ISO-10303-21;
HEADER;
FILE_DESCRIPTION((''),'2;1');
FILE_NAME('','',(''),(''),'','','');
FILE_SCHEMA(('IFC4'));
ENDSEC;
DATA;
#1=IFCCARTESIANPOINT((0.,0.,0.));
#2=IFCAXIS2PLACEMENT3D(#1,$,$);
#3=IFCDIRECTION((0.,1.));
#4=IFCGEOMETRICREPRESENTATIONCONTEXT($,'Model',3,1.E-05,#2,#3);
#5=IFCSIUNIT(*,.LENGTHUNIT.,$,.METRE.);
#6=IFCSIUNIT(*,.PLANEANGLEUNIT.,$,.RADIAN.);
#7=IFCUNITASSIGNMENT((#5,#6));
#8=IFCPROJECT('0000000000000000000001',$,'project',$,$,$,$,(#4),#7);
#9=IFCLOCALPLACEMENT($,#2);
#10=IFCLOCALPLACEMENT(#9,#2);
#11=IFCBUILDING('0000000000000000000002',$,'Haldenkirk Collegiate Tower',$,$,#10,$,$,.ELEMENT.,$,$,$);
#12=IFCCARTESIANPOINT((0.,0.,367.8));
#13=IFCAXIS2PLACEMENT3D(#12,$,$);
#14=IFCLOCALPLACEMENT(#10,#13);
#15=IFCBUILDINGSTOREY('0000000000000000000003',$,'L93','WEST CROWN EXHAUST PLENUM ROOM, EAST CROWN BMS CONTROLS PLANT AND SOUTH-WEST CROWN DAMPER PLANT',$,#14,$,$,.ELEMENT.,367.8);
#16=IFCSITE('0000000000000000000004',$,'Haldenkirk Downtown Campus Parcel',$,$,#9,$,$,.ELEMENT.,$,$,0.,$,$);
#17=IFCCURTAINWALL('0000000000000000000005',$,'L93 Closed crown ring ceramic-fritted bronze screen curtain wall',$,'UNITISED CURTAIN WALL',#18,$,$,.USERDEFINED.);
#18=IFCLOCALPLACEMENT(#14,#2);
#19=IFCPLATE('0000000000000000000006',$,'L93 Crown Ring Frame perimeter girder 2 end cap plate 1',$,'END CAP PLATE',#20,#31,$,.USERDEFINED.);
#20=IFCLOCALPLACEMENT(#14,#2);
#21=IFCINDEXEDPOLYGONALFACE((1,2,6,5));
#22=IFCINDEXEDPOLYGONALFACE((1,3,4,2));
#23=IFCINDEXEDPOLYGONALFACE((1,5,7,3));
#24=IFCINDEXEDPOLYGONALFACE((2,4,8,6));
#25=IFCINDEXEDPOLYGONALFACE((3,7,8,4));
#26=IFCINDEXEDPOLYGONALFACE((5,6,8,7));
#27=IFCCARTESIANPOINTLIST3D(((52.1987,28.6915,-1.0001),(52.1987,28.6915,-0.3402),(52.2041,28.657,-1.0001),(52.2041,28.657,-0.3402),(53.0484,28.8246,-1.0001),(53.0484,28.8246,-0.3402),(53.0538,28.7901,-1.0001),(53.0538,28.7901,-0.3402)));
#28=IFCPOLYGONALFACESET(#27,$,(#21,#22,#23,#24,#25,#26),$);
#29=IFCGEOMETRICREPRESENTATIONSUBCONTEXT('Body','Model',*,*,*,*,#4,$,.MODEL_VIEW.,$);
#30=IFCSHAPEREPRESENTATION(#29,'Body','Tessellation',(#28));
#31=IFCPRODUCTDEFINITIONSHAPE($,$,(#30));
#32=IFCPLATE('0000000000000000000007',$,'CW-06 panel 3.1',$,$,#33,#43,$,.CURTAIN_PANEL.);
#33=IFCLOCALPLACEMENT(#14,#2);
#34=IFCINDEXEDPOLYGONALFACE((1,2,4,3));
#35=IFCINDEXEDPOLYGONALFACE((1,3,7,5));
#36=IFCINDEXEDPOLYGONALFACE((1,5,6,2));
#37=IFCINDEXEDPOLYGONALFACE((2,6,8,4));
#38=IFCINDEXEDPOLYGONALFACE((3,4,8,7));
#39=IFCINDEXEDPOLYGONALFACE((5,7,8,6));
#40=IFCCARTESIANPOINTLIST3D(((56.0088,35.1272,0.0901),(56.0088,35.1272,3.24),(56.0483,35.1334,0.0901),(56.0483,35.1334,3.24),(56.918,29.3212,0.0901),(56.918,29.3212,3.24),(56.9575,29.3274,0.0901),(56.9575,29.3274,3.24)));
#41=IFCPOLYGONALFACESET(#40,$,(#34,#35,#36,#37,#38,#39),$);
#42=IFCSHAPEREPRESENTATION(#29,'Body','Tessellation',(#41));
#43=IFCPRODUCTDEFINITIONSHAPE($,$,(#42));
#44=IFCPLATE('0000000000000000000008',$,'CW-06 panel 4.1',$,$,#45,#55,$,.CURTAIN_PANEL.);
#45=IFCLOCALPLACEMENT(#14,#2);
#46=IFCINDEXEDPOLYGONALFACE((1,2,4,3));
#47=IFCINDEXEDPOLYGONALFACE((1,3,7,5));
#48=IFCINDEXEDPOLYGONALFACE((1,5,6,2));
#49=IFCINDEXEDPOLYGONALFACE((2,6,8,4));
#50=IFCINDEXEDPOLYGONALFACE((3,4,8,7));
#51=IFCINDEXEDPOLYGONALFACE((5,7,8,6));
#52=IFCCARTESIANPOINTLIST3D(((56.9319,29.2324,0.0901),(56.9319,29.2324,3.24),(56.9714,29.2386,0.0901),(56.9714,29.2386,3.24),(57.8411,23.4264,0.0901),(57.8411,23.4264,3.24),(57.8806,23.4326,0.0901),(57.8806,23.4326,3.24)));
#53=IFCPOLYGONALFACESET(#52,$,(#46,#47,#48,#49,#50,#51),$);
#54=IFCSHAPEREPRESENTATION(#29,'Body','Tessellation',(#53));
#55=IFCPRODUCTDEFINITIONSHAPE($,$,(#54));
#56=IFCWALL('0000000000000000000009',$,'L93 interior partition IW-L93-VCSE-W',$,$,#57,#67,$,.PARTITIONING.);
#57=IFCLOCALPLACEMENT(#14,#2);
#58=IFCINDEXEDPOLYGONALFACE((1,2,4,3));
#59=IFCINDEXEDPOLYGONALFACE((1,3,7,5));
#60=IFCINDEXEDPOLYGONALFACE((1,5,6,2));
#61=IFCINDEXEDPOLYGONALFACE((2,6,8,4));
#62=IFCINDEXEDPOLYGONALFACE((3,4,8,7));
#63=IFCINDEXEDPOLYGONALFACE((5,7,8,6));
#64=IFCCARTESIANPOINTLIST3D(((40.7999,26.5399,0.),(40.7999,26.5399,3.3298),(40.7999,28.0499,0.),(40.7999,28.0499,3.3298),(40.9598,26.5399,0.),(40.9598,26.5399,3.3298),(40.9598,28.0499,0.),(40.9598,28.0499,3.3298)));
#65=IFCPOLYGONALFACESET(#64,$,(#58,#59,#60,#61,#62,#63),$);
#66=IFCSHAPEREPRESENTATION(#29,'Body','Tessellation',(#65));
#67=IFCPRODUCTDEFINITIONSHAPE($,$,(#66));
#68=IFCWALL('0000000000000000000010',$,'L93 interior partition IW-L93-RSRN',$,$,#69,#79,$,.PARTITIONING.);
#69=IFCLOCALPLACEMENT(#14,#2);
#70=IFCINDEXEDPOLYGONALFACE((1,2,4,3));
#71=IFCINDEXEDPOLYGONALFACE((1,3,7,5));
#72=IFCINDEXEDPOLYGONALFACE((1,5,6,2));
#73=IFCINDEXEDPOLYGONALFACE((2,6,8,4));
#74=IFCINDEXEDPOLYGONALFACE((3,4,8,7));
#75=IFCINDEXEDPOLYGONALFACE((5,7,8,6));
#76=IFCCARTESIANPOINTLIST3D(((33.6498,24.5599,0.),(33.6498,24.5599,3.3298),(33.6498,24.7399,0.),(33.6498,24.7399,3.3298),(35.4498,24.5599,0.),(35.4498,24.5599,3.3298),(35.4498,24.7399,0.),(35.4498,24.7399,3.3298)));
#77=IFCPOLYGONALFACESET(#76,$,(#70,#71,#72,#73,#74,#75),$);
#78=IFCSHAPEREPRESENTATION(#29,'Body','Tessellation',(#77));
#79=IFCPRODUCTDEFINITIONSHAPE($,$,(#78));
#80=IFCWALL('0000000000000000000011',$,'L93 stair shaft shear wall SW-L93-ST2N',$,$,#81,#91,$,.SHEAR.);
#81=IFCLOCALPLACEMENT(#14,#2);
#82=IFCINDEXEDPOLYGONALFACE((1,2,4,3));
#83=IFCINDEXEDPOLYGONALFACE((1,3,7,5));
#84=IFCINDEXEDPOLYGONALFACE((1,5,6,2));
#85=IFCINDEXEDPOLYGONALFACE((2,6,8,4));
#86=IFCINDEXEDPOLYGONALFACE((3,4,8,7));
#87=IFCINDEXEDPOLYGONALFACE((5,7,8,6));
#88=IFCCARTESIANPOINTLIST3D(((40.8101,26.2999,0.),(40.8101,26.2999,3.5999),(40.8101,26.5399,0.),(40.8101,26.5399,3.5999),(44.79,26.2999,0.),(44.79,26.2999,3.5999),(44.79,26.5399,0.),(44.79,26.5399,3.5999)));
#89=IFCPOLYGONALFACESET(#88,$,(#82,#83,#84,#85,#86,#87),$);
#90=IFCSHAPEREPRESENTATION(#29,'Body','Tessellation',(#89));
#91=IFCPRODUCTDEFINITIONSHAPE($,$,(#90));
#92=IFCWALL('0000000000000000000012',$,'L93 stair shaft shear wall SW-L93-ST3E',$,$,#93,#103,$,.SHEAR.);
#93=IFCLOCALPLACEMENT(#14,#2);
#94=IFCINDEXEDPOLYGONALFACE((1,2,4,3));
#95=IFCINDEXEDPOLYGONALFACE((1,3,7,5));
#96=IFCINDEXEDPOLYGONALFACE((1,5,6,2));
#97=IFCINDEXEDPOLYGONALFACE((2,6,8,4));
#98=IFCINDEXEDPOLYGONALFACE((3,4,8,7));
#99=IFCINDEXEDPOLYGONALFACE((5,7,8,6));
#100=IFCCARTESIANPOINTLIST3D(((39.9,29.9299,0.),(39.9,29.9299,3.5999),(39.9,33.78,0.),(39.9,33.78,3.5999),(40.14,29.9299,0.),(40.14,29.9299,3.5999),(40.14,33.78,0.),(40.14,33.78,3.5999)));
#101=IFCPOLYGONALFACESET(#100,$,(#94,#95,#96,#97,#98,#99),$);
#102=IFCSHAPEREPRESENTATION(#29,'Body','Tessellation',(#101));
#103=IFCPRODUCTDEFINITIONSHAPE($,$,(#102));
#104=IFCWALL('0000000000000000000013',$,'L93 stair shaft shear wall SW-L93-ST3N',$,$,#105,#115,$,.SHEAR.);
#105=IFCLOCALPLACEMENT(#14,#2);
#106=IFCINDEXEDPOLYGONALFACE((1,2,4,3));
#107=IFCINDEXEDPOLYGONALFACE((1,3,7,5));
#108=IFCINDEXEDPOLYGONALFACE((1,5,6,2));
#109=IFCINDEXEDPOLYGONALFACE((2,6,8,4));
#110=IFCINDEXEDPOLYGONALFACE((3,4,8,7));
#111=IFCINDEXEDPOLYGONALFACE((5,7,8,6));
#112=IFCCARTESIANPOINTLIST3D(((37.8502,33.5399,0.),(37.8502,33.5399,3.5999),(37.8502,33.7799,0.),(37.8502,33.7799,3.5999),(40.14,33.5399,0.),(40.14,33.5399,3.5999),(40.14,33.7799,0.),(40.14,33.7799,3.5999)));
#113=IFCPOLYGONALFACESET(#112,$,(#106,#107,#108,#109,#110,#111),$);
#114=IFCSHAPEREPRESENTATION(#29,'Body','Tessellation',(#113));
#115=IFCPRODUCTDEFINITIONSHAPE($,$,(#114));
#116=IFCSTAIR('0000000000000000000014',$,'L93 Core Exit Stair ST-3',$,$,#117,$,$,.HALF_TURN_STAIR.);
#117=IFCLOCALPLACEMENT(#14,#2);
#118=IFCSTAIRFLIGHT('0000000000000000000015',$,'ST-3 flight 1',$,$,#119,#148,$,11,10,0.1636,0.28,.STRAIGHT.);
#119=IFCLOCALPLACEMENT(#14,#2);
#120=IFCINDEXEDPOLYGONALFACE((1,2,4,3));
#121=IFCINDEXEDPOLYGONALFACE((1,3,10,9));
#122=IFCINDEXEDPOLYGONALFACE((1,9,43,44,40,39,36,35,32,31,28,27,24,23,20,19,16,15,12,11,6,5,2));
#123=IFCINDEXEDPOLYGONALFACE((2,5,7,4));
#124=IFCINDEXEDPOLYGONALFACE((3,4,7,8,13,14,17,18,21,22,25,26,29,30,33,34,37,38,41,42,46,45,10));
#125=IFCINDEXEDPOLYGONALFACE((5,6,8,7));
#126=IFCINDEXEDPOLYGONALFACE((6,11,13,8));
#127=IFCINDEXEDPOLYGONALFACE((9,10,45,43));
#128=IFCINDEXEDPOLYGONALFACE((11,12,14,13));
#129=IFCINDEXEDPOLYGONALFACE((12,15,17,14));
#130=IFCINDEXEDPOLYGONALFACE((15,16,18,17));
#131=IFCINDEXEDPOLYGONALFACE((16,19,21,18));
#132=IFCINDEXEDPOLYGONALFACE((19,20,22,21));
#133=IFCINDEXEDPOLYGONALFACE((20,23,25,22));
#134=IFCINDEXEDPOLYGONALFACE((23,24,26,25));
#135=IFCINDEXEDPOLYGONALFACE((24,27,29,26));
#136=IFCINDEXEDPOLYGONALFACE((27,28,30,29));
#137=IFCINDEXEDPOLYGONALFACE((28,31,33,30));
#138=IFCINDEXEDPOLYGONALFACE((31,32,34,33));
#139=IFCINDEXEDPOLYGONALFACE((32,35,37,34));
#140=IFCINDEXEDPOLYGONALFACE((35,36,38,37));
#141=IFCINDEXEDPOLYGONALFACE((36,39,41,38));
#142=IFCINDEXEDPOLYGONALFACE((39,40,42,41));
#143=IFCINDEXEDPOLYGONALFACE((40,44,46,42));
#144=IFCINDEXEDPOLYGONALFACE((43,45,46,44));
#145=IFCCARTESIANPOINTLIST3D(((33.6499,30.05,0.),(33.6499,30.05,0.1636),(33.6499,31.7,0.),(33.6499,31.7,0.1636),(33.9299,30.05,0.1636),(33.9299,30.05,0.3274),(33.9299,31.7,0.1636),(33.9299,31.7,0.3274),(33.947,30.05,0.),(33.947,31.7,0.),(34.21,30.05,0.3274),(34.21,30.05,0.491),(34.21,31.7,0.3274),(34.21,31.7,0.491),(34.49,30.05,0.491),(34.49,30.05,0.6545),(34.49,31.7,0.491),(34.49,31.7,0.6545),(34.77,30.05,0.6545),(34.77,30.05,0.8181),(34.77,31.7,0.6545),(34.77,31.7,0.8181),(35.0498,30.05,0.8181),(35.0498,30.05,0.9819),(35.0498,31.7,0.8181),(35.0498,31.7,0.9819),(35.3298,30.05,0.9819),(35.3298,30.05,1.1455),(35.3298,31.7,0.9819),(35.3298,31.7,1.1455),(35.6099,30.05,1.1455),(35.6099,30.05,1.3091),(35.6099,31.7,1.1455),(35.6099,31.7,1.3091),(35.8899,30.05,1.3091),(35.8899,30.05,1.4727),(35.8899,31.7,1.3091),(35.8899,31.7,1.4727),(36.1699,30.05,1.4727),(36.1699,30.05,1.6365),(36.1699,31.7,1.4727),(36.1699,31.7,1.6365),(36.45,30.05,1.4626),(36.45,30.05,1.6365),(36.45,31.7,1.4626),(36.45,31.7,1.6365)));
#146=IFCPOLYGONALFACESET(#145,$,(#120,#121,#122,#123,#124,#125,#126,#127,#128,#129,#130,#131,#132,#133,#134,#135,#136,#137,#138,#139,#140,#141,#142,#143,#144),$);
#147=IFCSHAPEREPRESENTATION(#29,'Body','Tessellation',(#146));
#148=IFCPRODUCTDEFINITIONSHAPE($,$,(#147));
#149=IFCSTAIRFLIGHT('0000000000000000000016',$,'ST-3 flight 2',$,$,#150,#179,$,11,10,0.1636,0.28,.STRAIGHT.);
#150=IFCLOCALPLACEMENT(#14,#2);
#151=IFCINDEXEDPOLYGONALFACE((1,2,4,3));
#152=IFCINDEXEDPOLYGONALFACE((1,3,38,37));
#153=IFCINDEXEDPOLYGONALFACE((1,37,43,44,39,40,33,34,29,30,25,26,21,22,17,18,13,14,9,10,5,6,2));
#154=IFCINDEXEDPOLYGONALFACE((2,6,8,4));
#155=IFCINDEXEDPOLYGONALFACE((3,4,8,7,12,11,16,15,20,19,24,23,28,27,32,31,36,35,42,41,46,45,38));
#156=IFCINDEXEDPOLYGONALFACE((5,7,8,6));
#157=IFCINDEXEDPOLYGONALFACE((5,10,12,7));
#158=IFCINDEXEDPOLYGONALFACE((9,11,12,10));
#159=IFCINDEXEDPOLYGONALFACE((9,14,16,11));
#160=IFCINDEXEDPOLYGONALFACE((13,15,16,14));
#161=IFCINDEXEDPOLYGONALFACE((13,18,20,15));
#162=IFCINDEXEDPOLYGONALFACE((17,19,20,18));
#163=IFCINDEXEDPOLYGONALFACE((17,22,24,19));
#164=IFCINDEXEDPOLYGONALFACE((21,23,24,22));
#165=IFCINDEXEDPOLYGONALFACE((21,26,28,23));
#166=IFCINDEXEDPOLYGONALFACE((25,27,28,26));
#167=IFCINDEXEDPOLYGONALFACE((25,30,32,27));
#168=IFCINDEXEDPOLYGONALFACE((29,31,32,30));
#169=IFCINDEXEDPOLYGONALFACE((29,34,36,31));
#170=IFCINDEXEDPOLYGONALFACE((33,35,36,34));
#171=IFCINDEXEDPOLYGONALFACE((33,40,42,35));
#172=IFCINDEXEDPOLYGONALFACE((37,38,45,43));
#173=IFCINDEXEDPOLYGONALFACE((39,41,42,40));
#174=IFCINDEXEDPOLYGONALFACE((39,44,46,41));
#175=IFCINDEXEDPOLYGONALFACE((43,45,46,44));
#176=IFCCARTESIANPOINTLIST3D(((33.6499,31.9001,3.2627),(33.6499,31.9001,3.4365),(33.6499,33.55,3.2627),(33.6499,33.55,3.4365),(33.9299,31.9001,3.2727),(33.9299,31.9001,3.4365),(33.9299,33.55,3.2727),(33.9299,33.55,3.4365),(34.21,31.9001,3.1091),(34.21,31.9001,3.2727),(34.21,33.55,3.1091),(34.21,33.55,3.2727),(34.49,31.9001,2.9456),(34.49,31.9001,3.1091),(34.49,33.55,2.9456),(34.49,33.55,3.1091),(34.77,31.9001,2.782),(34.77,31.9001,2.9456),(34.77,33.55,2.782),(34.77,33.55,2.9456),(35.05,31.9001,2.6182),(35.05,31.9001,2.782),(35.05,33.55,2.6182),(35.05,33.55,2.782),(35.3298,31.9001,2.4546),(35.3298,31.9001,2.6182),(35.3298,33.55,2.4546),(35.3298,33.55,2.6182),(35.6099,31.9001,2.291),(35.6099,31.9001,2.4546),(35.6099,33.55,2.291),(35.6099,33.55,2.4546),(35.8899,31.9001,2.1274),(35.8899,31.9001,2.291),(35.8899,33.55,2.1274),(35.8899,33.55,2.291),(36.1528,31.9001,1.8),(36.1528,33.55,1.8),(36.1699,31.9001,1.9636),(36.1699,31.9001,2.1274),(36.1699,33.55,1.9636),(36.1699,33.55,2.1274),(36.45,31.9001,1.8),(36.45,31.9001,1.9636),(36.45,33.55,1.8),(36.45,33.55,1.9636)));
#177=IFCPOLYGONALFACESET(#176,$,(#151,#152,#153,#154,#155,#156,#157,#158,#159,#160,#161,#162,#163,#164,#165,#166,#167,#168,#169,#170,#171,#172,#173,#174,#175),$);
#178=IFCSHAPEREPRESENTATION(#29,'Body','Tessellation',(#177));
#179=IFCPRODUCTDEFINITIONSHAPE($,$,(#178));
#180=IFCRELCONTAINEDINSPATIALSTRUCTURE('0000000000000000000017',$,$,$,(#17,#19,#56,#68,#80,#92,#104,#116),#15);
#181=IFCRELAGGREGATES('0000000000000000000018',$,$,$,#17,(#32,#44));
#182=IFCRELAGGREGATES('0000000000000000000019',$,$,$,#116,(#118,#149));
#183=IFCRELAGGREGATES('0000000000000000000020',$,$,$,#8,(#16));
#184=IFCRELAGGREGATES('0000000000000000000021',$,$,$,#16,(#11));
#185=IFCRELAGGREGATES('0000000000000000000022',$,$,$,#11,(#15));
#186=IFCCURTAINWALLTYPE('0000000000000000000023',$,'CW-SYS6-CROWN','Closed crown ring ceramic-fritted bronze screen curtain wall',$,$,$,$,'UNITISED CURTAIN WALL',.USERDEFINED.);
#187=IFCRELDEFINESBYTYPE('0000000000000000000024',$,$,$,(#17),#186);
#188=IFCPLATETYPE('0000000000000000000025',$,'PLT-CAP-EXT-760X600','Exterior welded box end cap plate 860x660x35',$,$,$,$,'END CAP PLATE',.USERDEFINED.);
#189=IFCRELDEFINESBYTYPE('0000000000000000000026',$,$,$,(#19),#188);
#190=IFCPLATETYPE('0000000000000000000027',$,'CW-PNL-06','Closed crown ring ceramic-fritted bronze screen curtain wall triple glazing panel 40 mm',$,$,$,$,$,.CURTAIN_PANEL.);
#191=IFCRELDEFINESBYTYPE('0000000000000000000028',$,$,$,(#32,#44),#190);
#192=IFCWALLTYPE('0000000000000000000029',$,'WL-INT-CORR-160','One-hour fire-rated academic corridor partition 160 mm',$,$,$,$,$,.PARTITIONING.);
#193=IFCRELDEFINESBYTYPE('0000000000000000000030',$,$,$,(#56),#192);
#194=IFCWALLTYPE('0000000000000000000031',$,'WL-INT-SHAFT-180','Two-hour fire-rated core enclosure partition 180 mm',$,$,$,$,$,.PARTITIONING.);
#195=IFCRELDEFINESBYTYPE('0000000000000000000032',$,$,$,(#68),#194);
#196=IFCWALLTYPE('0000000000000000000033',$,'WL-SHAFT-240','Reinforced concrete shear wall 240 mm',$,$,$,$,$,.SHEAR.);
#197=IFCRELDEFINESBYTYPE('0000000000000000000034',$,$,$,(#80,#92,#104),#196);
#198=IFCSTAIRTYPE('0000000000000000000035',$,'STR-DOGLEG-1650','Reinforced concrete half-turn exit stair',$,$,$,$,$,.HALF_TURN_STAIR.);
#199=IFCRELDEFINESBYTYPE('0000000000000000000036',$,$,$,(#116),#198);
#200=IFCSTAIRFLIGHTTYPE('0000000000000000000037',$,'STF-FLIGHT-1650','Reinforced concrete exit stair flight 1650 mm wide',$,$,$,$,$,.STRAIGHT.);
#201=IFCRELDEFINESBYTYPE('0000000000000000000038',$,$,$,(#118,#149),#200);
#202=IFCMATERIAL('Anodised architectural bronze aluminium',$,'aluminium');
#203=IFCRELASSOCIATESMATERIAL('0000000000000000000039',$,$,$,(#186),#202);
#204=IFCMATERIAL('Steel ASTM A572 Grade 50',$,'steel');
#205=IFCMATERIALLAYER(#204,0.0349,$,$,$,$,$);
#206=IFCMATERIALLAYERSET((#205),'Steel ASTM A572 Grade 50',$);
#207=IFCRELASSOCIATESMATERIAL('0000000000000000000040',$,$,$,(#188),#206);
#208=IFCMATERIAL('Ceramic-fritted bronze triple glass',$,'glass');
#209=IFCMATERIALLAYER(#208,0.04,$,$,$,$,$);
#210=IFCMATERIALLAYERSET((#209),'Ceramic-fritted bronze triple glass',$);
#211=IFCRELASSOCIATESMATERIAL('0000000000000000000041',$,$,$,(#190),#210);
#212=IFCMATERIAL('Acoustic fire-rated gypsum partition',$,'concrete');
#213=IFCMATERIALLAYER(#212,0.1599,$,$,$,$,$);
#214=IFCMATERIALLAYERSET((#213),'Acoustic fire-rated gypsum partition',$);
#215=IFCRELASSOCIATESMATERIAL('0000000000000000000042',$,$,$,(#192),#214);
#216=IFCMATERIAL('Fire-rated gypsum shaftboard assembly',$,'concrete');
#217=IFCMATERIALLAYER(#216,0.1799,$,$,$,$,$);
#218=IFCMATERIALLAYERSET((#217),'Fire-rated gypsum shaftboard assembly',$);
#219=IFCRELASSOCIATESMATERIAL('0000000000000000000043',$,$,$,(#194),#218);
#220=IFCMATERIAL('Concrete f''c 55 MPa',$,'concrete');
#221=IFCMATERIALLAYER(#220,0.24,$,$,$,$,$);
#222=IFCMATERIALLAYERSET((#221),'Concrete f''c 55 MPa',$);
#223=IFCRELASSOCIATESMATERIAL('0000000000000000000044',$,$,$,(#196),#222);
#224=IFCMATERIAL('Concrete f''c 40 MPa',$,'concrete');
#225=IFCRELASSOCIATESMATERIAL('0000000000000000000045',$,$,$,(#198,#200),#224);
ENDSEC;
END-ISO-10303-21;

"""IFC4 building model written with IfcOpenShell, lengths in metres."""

from ifc_helpers import new_model, si_unit, direction, frame, frame_2d, origin, origin_2d, place, context, subcontext, project, spatial, polyline, rectangle, outline, extrude, source, transform, mapped, material, layer, layer_set, type_object, element, aggregate, save


model = new_model("IFC4")

# Units and contexts
model_context = context("Model", 3, precision=1e-05, world=origin(), true_north=direction((0.0, 1.0)))
body_context = subcontext(model_context, "Body", "Model", "MODEL_VIEW")
ifc_project = project(units=[si_unit("LENGTHUNIT", "METRE"), si_unit("PLANEANGLEUNIT", "RADIAN")], contexts=[model_context])

# Site, building, storey
site_placement = place(None, origin())
site = spatial("IfcSite", under=ifc_project, at=site_placement, Name="Haldenkirk Downtown Campus Parcel", CompositionType="ELEMENT", RefElevation=0.0)
building_placement = place(site_placement, origin())
building = spatial("IfcBuilding", under=site, at=building_placement, Name="Haldenkirk Collegiate Tower", CompositionType="ELEMENT")
storey_placement = place(building_placement, frame((0.0, 0.0, 367.8)))
storey = spatial("IfcBuildingStorey", under=building, at=storey_placement, Name="L93", Description="WEST CROWN EXHAUST PLENUM ROOM, EAST CROWN BMS CONTROLS PLANT AND SOUTH-WEST CROWN DAMPER PLANT", CompositionType="ELEMENT", Elevation=367.8)

# Shared definitions
ifc_material_1 = material(Name="Steel ASTM A572 Grade 50", Category="steel")

# Curtain wall
ifc_material_2 = material(Name="Anodised architectural bronze aluminium", Category="aluminium")
curtain_wall_type = type_object("IfcCurtainWallType", Name="CW-SYS6-CROWN", Description="Closed crown ring ceramic-fritted bronze screen curtain wall", ElementType="UNITISED CURTAIN WALL", PredefinedType="USERDEFINED", material=ifc_material_2)
curtain_wall_placement = place(storey_placement, origin())
curtain_wall = element("IfcCurtainWall", 1, at=curtain_wall_placement, inside=storey, type_object=curtain_wall_type, Name="L93 Closed crown ring ceramic-fritted bronze screen curtain wall", ObjectType="UNITISED CURTAIN WALL", PredefinedType="USERDEFINED")

# Plate
ifc_layer_1 = layer(ifc_material_1, 0.0349)
ifc_layer_set_1 = layer_set([ifc_layer_1], Name="Steel ASTM A572 Grade 50")
plate_type_1 = type_object("IfcPlateType", Name="PLT-CAP-EXT-760X600", Description="Exterior welded box end cap plate 860x660x35", ElementType="END CAP PLATE", PredefinedType="USERDEFINED", material=ifc_layer_set_1)
shared_shape_1 = source(origin(), body_context, "Body", "SweptSolid", [
    extrude(rectangle(XDim=0.8601, YDim=0.6599, at=origin_2d()), origin(), (0.0, 0.0, 1.0), 0.0349),
])
for number, where, z_axis, x_axis, name in (
    (2, (52.6235, 28.7581, -0.6702), (0.154711, -0.98796, 0.0), (0.98796, 0.154711, 0.0), "L93 Crown Ring Frame perimeter girder 2 end cap plate 1"),
):
    element("IfcPlate", number, at=place(storey_placement, frame(where, z_axis=z_axis, x_axis=x_axis)), inside=storey, type_object=plate_type_1, Name=name, ObjectType="END CAP PLATE", PredefinedType="USERDEFINED", context=body_context, shape_type="MappedRepresentation", body=[
        mapped(shared_shape_1, transform((0.0, 0.0, 0.0), x_axis=(1.0, 0.0, 0.0), y_axis=(0.0, 1.0, 0.0), z_axis=(0.0, 0.0, 1.0), scale=1.0)),
    ])

# Plates
ifc_material_3 = material(Name="Ceramic-fritted bronze triple glass", Category="glass")
ifc_layer_2 = layer(ifc_material_3, 0.04)
ifc_layer_set_2 = layer_set([ifc_layer_2], Name="Ceramic-fritted bronze triple glass")
plate_type_2 = type_object("IfcPlateType", Name="CW-PNL-06", Description="Closed crown ring ceramic-fritted bronze screen curtain wall triple glazing panel 40 mm", PredefinedType="CURTAIN_PANEL", material=ifc_layer_set_2)
shared_shape_2 = source(origin(), body_context, "Body", "SweptSolid", [
    extrude(rectangle(XDim=5.8767, YDim=0.04, at=origin_2d()), origin(), (0.0, 0.0, 1.0), 3.1499),
])
plate_1_placement = place(storey_placement, frame((56.4832, 32.2273, 0.0901), z_axis=(0.0, 0.0, 1.0), x_axis=(0.154713, -0.98796, 0.0)))
plate_1 = element("IfcPlate", 3, at=plate_1_placement, type_object=plate_type_2, Name="CW-06 panel 3.1", PredefinedType="CURTAIN_PANEL", context=body_context, shape_type="MappedRepresentation", body=[
    mapped(shared_shape_2, transform((0.0, 0.0, 0.0), x_axis=(1.0, 0.0, 0.0), y_axis=(0.0, 1.0, 0.0), z_axis=(0.0, 0.0, 1.0), scale=1.0)),
])
plate_2_placement = place(storey_placement, frame((57.4062, 26.3325, 0.0901), z_axis=(0.0, 0.0, 1.0), x_axis=(0.154713, -0.98796, 0.0)))
plate_2 = element("IfcPlate", 4, at=plate_2_placement, type_object=plate_type_2, Name="CW-06 panel 4.1", PredefinedType="CURTAIN_PANEL", context=body_context, shape_type="MappedRepresentation", body=[
    mapped(shared_shape_2, transform((0.0, 0.0, 0.0), x_axis=(1.0, 0.0, 0.0), y_axis=(0.0, 1.0, 0.0), z_axis=(0.0, 0.0, 1.0), scale=1.0)),
])
aggregate(curtain_wall, [plate_1, plate_2])

# Shared definitions
ifc_material_4 = material(Name="Acoustic fire-rated gypsum partition", Category="concrete")
ifc_layer_3 = layer(ifc_material_4, 0.1599)
ifc_layer_set_3 = layer_set([ifc_layer_3], Name="Acoustic fire-rated gypsum partition")
wall_type_1 = type_object("IfcWallType", Name="WL-INT-CORR-160", Description="One-hour fire-rated academic corridor partition 160 mm", PredefinedType="PARTITIONING", material=ifc_layer_set_3)

# Wall
wall_1_placement = place(storey_placement, frame((40.8799, 26.54, 0.0), z_axis=(0.0, 0.0, 1.0), x_axis=(0.0, 1.0, 0.0)))
element("IfcWall", 5, at=wall_1_placement, inside=storey, type_object=wall_type_1, Name="L93 interior partition IW-L93-VCSE-W", PredefinedType="PARTITIONING", context=body_context, shape_type="SweptSolid", body=[
    extrude(rectangle(XDim=1.51, YDim=0.1599, at=frame_2d((0.7549, 0.0))), origin(), (0.0, 0.0, 1.0), 3.3298),
])

# Walls
ifc_material_5 = material(Name="Fire-rated gypsum shaftboard assembly", Category="concrete")
ifc_layer_4 = layer(ifc_material_5, 0.1799)
ifc_layer_set_4 = layer_set([ifc_layer_4], Name="Fire-rated gypsum shaftboard assembly")
wall_type_2 = type_object("IfcWallType", Name="WL-INT-SHAFT-180", Description="Two-hour fire-rated core enclosure partition 180 mm", PredefinedType="PARTITIONING", material=ifc_layer_set_4)
wall_2_placement = place(storey_placement, frame((33.6499, 24.6499, 0.0), z_axis=(0.0, 0.0, 1.0), x_axis=(1.0, 0.0, 0.0)))
element("IfcWall", 6, at=wall_2_placement, inside=storey, type_object=wall_type_2, Name="L93 interior partition IW-L93-RSRN", PredefinedType="PARTITIONING", context=body_context, shape_type="SweptSolid", body=[
    extrude(rectangle(XDim=1.8, YDim=0.1799, at=frame_2d((0.8999, 0.0))), origin(), (0.0, 0.0, 1.0), 3.3298),
])
ifc_material_6 = material(Name="Concrete f'c 55 MPa", Category="concrete")
ifc_layer_5 = layer(ifc_material_6, 0.24)
ifc_layer_set_5 = layer_set([ifc_layer_5], Name="Concrete f'c 55 MPa")
wall_type_3 = type_object("IfcWallType", Name="WL-SHAFT-240", Description="Reinforced concrete shear wall 240 mm", PredefinedType="SHEAR", material=ifc_layer_set_5)
wall_3_placement = place(storey_placement, frame((40.8101, 26.4199, 0.0), z_axis=(0.0, 0.0, 1.0), x_axis=(1.0, 0.0, 0.0)))
element("IfcWall", 7, at=wall_3_placement, inside=storey, type_object=wall_type_3, Name="L93 stair shaft shear wall SW-L93-ST2N", PredefinedType="SHEAR", context=body_context, shape_type="SweptSolid", body=[
    extrude(rectangle(XDim=3.98, YDim=0.24, at=frame_2d((1.99, 0.0))), origin(), (0.0, 0.0, 1.0), 3.5999),
])
wall_4_placement = place(storey_placement, frame((40.02, 29.9299, 0.0), z_axis=(0.0, 0.0, 1.0), x_axis=(0.0, 1.0, 0.0)))
element("IfcWall", 8, at=wall_4_placement, inside=storey, type_object=wall_type_3, Name="L93 stair shaft shear wall SW-L93-ST3E", PredefinedType="SHEAR", context=body_context, shape_type="SweptSolid", body=[
    extrude(rectangle(XDim=3.8501, YDim=0.24, at=frame_2d((1.925, 0.0))), origin(), (0.0, 0.0, 1.0), 3.5999),
])
wall_5_placement = place(storey_placement, frame((37.8501, 33.6599, 0.0), z_axis=(0.0, 0.0, 1.0), x_axis=(1.0, 0.0, 0.0)))
element("IfcWall", 9, at=wall_5_placement, inside=storey, type_object=wall_type_3, Name="L93 stair shaft shear wall SW-L93-ST3N", PredefinedType="SHEAR", context=body_context, shape_type="SweptSolid", body=[
    extrude(rectangle(XDim=2.2898, YDim=0.24, at=frame_2d((1.145, 0.0))), origin(), (0.0, 0.0, 1.0), 3.5999),
])

# Stair, stair flights
ifc_material_7 = material(Name="Concrete f'c 40 MPa", Category="concrete")
stair_type = type_object("IfcStairType", Name="STR-DOGLEG-1650", Description="Reinforced concrete half-turn exit stair", PredefinedType="HALF_TURN_STAIR", material=ifc_material_7)
stair_placement = place(storey_placement, origin())
stair = element("IfcStair", 10, at=stair_placement, inside=storey, type_object=stair_type, Name="L93 Core Exit Stair ST-3", PredefinedType="HALF_TURN_STAIR")
stair_flight_type = type_object("IfcStairFlightType", Name="STF-FLIGHT-1650", Description="Reinforced concrete exit stair flight 1650 mm wide", PredefinedType="STRAIGHT", material=ifc_material_7)
stair_flight_1_placement = place(storey_placement, frame((33.6499, 30.875, 0.0), z_axis=(0.0, 0.0, 1.0), x_axis=(1.0, 0.0, 0.0)))
stair_flight_1 = element("IfcStairFlight", 11, at=stair_flight_1_placement, type_object=stair_flight_type, Name="ST-3 flight 1", NumberOfRisers=11, NumberOfTreads=10, PredefinedType="STRAIGHT", RiserHeight=0.1636, TreadLength=0.28, context=body_context, shape_type="SweptSolid", body=[
    extrude(outline(polyline([(0.0, 0.0), (0.0, 0.1636), (0.28, 0.1636), (0.28, 0.3274), (0.5601, 0.3274), (0.5601, 0.491), (0.8401, 0.491), (0.8401, 0.6545), (1.1201, 0.6545), (1.1201, 0.8181), (1.3999, 0.8181), (1.3999, 0.9819), (1.6799, 0.9819), (1.6799, 1.1455), (1.96, 1.1455), (1.96, 1.3091), (2.24, 1.3091), (2.24, 1.4727), (2.52, 1.4727), (2.52, 1.6365), (2.8, 1.6365), (2.8, 1.8), (2.8, 1.4626), (0.2971, 0.0), (0.0, 0.0)])), frame((0.0, 0.825, 0.0), z_axis=(0.0, -1.0, 0.0), x_axis=(1.0, 0.0, 0.0)), (0.0, 0.0, 1.0), 1.6499),
])
stair_flight_2_placement = place(storey_placement, frame((36.45, 32.7251, 1.8), z_axis=(0.0, 0.0, 1.0), x_axis=(-1.0, 0.0, 0.0)))
stair_flight_2 = element("IfcStairFlight", 12, at=stair_flight_2_placement, type_object=stair_flight_type, Name="ST-3 flight 2", NumberOfRisers=11, NumberOfTreads=10, PredefinedType="STRAIGHT", RiserHeight=0.1636, TreadLength=0.28, context=body_context, shape_type="SweptSolid", body=[
    extrude(outline(polyline([(0.0, 0.0), (0.0, 0.1636), (0.28, 0.1636), (0.28, 0.3274), (0.5601, 0.3274), (0.5601, 0.491), (0.8401, 0.491), (0.8401, 0.6545), (1.1201, 0.6545), (1.1201, 0.8181), (1.3999, 0.8181), (1.3999, 0.9819), (1.6799, 0.9819), (1.6799, 1.1455), (1.96, 1.1455), (1.96, 1.3091), (2.24, 1.3091), (2.24, 1.4727), (2.52, 1.4727), (2.52, 1.6365), (2.8, 1.6365), (2.8, 1.8), (2.8, 1.4626), (0.2971, 0.0), (0.0, 0.0)])), frame((0.0, 0.825, 0.0), z_axis=(0.0, -1.0, 0.0), x_axis=(1.0, 0.0, 0.0)), (0.0, 0.0, 1.0), 1.6499),
])
aggregate(stair, [stair_flight_1, stair_flight_2])

save(model, "model.ifc")
